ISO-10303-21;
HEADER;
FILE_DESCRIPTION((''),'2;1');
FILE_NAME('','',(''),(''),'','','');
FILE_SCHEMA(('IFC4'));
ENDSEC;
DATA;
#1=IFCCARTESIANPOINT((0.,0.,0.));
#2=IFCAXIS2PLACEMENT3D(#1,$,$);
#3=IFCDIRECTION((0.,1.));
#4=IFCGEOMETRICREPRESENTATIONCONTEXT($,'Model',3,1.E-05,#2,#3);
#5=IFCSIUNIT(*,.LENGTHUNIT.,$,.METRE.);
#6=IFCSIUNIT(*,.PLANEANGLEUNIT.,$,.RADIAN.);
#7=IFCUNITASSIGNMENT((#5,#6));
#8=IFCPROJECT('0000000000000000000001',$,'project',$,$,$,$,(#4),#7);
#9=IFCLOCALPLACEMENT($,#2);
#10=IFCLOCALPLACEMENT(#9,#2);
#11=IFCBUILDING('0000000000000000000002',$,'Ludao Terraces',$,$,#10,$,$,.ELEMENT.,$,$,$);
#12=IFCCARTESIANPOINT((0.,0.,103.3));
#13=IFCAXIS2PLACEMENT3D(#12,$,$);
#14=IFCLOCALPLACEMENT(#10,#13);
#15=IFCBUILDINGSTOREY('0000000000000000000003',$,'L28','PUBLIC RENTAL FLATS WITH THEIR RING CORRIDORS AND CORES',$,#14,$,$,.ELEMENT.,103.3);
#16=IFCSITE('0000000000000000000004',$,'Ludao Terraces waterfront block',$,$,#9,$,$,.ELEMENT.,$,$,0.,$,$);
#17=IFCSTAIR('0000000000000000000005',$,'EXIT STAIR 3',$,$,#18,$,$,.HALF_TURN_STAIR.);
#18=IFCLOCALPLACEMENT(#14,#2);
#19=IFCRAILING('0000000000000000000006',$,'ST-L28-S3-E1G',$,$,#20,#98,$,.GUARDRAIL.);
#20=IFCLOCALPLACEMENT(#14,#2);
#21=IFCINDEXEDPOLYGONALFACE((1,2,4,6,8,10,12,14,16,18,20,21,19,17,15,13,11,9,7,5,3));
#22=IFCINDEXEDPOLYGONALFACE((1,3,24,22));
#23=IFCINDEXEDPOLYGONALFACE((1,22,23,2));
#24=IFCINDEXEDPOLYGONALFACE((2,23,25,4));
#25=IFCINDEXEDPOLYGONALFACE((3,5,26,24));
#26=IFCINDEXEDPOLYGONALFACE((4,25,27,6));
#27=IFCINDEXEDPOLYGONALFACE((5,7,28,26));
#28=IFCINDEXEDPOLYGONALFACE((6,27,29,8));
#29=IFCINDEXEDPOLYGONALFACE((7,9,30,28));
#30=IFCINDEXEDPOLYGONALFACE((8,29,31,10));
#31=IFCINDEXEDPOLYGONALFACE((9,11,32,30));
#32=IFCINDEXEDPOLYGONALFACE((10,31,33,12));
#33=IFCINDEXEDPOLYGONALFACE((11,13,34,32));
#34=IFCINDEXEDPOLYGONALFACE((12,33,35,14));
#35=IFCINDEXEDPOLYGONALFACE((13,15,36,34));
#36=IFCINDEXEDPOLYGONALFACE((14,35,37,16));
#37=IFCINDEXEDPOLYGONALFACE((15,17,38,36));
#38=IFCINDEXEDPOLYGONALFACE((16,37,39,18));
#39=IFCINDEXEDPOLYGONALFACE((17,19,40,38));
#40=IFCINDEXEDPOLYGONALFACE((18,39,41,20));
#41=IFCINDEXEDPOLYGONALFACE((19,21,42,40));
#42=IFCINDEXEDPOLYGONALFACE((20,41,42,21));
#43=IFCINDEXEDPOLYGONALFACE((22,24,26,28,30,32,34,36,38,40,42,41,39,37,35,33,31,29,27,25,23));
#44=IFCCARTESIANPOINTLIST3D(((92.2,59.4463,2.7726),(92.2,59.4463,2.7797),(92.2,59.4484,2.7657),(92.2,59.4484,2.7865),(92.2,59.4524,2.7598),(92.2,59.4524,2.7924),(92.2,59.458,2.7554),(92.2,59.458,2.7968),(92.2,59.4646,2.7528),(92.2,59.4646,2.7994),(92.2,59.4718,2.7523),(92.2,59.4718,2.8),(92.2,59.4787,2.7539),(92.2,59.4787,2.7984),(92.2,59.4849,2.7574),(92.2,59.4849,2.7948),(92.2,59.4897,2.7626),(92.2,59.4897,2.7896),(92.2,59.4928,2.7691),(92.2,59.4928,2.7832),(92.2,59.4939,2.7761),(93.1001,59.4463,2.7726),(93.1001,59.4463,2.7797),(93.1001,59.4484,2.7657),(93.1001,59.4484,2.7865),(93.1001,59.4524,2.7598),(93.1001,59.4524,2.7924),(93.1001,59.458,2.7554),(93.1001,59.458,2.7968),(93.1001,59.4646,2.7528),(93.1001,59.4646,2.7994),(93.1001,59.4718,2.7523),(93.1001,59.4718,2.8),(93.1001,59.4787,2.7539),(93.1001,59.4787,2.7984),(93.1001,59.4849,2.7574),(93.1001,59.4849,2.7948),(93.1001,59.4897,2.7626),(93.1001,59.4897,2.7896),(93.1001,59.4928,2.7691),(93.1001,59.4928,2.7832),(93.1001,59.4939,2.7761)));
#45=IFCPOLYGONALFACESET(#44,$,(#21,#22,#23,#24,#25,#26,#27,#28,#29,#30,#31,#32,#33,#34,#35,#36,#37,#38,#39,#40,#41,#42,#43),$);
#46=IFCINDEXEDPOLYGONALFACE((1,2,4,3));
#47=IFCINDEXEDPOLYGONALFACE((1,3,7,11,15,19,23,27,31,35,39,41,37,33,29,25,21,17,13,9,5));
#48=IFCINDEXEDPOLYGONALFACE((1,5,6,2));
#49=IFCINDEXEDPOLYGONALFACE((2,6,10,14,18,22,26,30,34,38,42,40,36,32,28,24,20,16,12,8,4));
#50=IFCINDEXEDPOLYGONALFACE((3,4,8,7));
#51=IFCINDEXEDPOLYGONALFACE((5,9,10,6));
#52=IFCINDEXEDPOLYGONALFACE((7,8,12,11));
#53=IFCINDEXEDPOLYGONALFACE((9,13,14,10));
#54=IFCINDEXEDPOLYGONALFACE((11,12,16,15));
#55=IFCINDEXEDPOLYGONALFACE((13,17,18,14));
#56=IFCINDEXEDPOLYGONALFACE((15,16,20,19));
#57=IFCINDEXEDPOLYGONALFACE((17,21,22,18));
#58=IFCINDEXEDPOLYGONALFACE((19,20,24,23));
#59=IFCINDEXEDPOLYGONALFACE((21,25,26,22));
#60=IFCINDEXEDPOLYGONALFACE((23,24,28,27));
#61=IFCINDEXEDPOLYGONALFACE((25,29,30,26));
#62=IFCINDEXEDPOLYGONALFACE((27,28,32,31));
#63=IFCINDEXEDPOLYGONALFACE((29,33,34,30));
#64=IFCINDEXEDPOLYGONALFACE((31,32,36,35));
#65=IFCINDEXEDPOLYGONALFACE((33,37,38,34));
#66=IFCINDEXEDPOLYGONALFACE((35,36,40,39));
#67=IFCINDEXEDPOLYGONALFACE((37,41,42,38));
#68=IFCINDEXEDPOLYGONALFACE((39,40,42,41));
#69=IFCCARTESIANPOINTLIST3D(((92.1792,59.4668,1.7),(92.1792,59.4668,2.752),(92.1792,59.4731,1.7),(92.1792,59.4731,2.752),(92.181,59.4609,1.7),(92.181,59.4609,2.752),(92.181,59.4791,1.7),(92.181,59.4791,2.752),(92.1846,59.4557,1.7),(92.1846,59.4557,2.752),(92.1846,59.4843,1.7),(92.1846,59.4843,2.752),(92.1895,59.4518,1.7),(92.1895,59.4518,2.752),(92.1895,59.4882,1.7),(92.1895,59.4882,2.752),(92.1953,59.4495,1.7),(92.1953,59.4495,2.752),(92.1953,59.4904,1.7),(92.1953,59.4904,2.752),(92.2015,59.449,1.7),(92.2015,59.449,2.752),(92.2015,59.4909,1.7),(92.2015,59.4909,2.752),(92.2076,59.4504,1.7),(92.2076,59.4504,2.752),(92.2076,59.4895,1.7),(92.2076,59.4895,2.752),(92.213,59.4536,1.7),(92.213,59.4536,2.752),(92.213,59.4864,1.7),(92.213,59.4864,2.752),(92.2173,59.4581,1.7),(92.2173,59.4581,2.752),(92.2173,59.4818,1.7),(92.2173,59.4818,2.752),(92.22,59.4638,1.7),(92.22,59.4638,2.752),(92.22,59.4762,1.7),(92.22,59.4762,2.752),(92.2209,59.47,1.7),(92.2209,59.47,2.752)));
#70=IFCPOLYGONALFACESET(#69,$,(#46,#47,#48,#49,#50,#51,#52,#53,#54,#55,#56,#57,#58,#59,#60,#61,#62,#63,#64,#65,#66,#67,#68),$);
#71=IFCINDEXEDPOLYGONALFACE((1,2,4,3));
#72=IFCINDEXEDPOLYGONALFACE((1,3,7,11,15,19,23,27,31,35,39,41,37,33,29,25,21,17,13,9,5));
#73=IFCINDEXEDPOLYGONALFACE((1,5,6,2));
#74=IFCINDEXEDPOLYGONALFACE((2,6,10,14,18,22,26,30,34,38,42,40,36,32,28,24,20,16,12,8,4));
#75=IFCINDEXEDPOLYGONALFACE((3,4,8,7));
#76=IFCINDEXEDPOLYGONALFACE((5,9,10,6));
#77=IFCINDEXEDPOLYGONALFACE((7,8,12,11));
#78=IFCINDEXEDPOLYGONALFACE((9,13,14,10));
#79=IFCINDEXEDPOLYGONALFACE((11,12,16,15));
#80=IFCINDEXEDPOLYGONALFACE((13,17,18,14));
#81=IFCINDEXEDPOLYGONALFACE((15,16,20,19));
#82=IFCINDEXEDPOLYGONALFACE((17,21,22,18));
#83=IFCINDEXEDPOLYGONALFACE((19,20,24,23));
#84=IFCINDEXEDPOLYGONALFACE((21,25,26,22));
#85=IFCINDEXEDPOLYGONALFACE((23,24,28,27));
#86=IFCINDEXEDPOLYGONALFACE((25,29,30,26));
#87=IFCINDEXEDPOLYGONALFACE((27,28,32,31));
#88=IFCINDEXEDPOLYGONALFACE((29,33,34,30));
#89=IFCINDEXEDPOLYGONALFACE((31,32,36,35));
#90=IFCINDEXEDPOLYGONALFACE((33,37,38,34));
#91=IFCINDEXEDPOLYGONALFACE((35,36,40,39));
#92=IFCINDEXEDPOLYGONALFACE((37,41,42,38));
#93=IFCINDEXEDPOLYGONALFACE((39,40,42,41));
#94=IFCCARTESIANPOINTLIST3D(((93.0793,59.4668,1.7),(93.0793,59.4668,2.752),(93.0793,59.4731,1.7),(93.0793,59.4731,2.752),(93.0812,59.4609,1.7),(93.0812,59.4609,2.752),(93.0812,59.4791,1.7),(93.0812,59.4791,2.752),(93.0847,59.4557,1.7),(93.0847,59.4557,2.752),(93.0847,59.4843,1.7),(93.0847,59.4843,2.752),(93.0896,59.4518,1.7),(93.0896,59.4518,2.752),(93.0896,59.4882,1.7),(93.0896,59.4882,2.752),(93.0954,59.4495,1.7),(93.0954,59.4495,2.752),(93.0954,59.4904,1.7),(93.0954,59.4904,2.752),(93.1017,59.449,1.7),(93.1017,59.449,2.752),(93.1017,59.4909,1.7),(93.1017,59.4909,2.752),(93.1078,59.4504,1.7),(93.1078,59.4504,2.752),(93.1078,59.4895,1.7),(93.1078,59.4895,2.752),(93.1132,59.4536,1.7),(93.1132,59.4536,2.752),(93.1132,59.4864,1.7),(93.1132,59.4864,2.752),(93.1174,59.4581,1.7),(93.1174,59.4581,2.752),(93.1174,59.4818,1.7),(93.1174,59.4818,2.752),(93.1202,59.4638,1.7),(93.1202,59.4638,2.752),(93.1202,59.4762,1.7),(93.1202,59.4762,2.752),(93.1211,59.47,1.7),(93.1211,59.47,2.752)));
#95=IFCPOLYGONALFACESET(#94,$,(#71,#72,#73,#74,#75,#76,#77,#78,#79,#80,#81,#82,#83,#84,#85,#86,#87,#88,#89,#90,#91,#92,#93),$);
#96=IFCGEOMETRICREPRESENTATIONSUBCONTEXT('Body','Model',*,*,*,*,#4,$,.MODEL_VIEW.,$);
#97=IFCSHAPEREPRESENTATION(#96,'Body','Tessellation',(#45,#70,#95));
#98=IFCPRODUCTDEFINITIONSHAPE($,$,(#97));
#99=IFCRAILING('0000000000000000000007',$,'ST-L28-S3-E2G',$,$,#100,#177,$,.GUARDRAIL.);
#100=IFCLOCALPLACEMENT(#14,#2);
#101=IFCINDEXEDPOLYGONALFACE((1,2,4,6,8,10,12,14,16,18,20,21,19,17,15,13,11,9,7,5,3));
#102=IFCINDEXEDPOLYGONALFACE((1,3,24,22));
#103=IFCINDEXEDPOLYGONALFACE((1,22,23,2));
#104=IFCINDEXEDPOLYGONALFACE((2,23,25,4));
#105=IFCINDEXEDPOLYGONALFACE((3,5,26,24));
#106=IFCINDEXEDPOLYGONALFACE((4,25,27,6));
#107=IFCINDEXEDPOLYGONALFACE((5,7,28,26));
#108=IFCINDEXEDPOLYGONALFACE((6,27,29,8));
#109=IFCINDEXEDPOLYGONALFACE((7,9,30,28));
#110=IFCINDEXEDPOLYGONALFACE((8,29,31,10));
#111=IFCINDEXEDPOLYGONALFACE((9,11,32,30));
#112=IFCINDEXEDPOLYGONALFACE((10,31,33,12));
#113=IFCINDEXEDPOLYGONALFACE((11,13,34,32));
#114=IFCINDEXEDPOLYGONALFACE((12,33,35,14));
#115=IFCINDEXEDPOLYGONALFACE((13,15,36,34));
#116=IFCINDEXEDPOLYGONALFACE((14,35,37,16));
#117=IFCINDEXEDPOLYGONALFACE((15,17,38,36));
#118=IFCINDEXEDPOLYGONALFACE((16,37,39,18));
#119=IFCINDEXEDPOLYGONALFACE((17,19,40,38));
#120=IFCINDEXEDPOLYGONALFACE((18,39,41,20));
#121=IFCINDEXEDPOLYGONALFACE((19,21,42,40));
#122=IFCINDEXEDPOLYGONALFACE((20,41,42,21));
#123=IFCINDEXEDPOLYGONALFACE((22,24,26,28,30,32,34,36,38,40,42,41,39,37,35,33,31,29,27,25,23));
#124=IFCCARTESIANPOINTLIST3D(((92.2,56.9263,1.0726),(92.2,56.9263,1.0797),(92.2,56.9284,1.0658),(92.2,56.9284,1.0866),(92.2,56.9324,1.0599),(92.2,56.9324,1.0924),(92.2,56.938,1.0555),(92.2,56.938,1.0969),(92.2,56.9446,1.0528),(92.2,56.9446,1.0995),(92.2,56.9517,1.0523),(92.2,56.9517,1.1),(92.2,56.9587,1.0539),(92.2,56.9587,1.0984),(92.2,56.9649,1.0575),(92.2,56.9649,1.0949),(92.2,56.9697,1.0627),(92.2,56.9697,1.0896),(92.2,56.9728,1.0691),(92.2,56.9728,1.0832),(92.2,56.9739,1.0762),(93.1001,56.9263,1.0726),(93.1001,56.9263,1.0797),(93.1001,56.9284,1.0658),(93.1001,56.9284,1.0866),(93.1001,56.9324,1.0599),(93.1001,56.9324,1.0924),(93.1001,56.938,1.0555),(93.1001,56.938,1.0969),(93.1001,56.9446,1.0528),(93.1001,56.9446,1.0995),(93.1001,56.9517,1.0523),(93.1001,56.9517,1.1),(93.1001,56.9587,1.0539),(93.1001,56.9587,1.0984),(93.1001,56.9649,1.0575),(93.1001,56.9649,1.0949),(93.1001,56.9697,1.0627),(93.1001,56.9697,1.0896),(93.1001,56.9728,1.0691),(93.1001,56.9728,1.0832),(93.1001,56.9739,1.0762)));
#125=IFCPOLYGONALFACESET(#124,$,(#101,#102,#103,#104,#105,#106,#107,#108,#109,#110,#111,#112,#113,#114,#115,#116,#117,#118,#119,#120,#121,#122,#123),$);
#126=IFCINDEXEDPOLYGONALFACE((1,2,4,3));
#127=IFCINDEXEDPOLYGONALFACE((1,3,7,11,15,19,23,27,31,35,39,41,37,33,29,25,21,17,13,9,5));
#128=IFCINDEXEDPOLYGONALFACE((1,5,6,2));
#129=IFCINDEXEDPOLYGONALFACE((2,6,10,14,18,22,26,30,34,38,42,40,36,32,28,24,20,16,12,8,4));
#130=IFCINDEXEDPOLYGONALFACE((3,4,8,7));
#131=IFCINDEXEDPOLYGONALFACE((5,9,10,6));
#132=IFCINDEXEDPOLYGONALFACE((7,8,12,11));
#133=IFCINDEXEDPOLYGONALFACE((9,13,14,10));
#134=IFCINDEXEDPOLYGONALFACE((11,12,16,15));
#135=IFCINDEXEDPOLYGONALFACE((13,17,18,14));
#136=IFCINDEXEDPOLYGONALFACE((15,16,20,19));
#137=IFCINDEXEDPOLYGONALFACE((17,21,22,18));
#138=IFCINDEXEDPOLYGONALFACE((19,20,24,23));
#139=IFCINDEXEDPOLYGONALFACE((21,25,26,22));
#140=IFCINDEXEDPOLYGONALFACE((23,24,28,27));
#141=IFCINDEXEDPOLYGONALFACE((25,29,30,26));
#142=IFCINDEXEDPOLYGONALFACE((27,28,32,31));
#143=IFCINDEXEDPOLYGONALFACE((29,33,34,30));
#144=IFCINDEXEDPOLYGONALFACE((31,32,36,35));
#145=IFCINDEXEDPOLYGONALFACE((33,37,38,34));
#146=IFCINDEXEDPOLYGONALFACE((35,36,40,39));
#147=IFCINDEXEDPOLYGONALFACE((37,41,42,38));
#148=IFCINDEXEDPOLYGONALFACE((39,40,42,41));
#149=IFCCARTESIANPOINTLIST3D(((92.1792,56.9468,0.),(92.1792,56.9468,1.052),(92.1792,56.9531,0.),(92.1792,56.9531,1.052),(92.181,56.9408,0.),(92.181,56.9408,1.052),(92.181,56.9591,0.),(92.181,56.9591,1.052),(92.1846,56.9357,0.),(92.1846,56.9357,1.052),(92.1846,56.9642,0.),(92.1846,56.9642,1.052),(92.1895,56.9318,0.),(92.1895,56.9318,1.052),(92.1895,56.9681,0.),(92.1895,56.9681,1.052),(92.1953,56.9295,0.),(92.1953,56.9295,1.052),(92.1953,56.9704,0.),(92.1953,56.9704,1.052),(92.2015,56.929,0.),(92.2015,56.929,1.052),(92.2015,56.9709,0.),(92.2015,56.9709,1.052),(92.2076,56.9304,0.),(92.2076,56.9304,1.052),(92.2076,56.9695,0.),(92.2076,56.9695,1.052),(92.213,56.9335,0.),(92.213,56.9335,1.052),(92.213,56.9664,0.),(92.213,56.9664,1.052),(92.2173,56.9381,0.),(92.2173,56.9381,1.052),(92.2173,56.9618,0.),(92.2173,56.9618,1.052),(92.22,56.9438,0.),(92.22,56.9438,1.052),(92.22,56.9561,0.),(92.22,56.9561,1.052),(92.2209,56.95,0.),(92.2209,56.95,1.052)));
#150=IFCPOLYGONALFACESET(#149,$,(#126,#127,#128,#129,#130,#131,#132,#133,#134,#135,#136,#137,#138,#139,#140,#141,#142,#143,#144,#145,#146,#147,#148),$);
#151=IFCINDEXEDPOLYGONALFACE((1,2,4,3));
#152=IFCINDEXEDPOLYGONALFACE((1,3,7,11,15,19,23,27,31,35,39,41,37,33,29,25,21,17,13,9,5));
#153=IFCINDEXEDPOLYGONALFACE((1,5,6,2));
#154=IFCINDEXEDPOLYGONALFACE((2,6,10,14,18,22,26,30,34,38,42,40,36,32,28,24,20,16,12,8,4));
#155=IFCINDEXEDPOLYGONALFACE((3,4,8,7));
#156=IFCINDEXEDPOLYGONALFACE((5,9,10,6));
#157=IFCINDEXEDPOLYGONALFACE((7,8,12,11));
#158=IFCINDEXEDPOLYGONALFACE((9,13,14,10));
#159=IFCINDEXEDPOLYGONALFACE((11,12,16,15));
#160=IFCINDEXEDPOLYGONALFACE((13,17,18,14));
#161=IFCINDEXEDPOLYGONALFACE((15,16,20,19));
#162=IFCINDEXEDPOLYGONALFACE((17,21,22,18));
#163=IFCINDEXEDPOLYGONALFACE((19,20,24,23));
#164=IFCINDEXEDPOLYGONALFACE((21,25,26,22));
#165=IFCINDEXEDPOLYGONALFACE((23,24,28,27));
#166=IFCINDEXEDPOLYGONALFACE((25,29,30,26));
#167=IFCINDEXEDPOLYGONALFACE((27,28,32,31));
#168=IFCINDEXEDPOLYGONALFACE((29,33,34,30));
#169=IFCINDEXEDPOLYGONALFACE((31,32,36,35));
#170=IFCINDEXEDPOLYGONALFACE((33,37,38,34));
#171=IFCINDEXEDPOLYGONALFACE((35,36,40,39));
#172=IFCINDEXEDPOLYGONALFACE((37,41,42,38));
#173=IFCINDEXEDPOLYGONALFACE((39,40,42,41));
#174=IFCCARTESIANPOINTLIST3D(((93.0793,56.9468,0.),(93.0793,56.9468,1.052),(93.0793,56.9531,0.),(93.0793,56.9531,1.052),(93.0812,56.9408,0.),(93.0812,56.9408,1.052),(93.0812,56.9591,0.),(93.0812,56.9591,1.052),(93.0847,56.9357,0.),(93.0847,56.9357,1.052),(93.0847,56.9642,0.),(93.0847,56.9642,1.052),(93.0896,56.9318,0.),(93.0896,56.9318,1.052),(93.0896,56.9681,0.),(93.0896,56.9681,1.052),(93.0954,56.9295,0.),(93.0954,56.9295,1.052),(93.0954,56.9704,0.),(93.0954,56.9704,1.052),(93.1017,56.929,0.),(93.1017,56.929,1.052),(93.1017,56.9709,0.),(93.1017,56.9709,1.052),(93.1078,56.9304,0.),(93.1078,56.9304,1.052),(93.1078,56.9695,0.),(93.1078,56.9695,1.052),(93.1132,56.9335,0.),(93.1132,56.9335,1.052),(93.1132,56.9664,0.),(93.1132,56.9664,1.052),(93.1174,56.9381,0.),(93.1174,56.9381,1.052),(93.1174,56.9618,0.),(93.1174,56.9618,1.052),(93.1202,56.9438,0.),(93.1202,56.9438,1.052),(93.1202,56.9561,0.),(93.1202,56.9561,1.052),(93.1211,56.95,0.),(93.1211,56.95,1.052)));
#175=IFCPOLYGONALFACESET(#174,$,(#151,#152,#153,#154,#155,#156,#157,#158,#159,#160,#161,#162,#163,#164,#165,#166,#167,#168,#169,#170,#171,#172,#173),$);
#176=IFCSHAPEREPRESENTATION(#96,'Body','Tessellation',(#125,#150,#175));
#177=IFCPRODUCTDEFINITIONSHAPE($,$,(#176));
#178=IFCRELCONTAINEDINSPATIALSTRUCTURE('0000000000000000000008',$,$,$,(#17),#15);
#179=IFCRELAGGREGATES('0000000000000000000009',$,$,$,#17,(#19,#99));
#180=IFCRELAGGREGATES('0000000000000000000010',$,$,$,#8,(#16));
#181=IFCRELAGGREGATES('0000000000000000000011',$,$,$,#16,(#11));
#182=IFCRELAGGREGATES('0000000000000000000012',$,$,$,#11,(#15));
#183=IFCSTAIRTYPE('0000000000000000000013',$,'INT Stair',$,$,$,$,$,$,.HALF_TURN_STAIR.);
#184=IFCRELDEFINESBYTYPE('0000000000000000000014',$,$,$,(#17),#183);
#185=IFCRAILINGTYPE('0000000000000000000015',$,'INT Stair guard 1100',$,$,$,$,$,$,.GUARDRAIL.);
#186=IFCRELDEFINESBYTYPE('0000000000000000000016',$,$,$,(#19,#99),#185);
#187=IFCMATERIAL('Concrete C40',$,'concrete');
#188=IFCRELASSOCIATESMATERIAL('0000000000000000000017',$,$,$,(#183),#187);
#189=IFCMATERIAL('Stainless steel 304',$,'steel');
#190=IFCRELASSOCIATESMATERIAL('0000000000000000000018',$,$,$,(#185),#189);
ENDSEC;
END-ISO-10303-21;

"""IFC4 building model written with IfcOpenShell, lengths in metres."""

from ifc_helpers import new_model, si_unit, direction, frame, origin, origin_2d, place, context, subcontext, project, spatial, circle, extrude, material, type_object, element, aggregate, save


model = new_model("IFC4")

# Units and contexts
model_context = context("Model", 3, precision=1e-05, world=origin(), true_north=direction((0.0, 1.0)))
body_context = subcontext(model_context, "Body", "Model", "MODEL_VIEW")
ifc_project = project(units=[si_unit("LENGTHUNIT", "METRE"), si_unit("PLANEANGLEUNIT", "RADIAN")], contexts=[model_context])

# Site, building, storey
site_placement = place(None, origin())
site = spatial("IfcSite", under=ifc_project, at=site_placement, Name="Ludao Terraces waterfront block", CompositionType="ELEMENT", RefElevation=0.0)
building_placement = place(site_placement, origin())
building = spatial("IfcBuilding", under=site, at=building_placement, Name="Ludao Terraces", CompositionType="ELEMENT")
storey_placement = place(building_placement, frame((0.0, 0.0, 103.3)))
storey = spatial("IfcBuildingStorey", under=building, at=storey_placement, Name="L28", Description="PUBLIC RENTAL FLATS WITH THEIR RING CORRIDORS AND CORES", CompositionType="ELEMENT", Elevation=103.3)

# Shared definitions
ifc_material_1 = material(Name="Concrete C40", Category="concrete")

# Stair, railings
stair_type = type_object("IfcStairType", Name="INT Stair", PredefinedType="HALF_TURN_STAIR", material=ifc_material_1)
stair_placement = place(storey_placement, origin())
stair = element("IfcStair", 1, at=stair_placement, inside=storey, type_object=stair_type, Name="EXIT STAIR 3", PredefinedType="HALF_TURN_STAIR")
ifc_material_2 = material(Name="Stainless steel 304", Category="steel")
railing_type_1 = type_object("IfcRailingType", Name="INT Stair guard 1100", PredefinedType="GUARDRAIL", material=ifc_material_2)
railing_1_placement = place(storey_placement, frame((92.2, 59.47, 1.7)))
railing_1 = element("IfcRailing", 2, at=railing_1_placement, type_object=railing_type_1, Name="ST-L28-S3-E1G", PredefinedType="GUARDRAIL", context=body_context, shape_type="SweptSolid", body=[
    extrude(circle(Radius=0.0239, at=origin_2d()), frame((0.0, 0.0, 1.0762), z_axis=(1.0, 0.0, 0.0), x_axis=(0.0, 1.0, 0.0)), (0.0, 0.0, 1.0), 0.9001),
    extrude(circle(Radius=0.021, at=origin_2d()), origin(), (0.0, 0.0, 1.0), 1.052),
    extrude(circle(Radius=0.021, at=origin_2d()), frame((0.9001, 0.0, 0.0)), (0.0, 0.0, 1.0), 1.052),
])
railing_2_placement = place(storey_placement, frame((92.2, 56.95, 0.0)))
railing_2 = element("IfcRailing", 3, at=railing_2_placement, type_object=railing_type_1, Name="ST-L28-S3-E2G", PredefinedType="GUARDRAIL", context=body_context, shape_type="SweptSolid", body=[
    extrude(circle(Radius=0.0239, at=origin_2d()), frame((0.0, 0.0, 1.0762), z_axis=(1.0, 0.0, 0.0), x_axis=(0.0, 1.0, 0.0)), (0.0, 0.0, 1.0), 0.9001),
    extrude(circle(Radius=0.021, at=origin_2d()), origin(), (0.0, 0.0, 1.0), 1.052),
    extrude(circle(Radius=0.021, at=origin_2d()), frame((0.9001, 0.0, 0.0)), (0.0, 0.0, 1.0), 1.052),
])
aggregate(stair, [railing_1, railing_2])

save(model, "model.ifc")
